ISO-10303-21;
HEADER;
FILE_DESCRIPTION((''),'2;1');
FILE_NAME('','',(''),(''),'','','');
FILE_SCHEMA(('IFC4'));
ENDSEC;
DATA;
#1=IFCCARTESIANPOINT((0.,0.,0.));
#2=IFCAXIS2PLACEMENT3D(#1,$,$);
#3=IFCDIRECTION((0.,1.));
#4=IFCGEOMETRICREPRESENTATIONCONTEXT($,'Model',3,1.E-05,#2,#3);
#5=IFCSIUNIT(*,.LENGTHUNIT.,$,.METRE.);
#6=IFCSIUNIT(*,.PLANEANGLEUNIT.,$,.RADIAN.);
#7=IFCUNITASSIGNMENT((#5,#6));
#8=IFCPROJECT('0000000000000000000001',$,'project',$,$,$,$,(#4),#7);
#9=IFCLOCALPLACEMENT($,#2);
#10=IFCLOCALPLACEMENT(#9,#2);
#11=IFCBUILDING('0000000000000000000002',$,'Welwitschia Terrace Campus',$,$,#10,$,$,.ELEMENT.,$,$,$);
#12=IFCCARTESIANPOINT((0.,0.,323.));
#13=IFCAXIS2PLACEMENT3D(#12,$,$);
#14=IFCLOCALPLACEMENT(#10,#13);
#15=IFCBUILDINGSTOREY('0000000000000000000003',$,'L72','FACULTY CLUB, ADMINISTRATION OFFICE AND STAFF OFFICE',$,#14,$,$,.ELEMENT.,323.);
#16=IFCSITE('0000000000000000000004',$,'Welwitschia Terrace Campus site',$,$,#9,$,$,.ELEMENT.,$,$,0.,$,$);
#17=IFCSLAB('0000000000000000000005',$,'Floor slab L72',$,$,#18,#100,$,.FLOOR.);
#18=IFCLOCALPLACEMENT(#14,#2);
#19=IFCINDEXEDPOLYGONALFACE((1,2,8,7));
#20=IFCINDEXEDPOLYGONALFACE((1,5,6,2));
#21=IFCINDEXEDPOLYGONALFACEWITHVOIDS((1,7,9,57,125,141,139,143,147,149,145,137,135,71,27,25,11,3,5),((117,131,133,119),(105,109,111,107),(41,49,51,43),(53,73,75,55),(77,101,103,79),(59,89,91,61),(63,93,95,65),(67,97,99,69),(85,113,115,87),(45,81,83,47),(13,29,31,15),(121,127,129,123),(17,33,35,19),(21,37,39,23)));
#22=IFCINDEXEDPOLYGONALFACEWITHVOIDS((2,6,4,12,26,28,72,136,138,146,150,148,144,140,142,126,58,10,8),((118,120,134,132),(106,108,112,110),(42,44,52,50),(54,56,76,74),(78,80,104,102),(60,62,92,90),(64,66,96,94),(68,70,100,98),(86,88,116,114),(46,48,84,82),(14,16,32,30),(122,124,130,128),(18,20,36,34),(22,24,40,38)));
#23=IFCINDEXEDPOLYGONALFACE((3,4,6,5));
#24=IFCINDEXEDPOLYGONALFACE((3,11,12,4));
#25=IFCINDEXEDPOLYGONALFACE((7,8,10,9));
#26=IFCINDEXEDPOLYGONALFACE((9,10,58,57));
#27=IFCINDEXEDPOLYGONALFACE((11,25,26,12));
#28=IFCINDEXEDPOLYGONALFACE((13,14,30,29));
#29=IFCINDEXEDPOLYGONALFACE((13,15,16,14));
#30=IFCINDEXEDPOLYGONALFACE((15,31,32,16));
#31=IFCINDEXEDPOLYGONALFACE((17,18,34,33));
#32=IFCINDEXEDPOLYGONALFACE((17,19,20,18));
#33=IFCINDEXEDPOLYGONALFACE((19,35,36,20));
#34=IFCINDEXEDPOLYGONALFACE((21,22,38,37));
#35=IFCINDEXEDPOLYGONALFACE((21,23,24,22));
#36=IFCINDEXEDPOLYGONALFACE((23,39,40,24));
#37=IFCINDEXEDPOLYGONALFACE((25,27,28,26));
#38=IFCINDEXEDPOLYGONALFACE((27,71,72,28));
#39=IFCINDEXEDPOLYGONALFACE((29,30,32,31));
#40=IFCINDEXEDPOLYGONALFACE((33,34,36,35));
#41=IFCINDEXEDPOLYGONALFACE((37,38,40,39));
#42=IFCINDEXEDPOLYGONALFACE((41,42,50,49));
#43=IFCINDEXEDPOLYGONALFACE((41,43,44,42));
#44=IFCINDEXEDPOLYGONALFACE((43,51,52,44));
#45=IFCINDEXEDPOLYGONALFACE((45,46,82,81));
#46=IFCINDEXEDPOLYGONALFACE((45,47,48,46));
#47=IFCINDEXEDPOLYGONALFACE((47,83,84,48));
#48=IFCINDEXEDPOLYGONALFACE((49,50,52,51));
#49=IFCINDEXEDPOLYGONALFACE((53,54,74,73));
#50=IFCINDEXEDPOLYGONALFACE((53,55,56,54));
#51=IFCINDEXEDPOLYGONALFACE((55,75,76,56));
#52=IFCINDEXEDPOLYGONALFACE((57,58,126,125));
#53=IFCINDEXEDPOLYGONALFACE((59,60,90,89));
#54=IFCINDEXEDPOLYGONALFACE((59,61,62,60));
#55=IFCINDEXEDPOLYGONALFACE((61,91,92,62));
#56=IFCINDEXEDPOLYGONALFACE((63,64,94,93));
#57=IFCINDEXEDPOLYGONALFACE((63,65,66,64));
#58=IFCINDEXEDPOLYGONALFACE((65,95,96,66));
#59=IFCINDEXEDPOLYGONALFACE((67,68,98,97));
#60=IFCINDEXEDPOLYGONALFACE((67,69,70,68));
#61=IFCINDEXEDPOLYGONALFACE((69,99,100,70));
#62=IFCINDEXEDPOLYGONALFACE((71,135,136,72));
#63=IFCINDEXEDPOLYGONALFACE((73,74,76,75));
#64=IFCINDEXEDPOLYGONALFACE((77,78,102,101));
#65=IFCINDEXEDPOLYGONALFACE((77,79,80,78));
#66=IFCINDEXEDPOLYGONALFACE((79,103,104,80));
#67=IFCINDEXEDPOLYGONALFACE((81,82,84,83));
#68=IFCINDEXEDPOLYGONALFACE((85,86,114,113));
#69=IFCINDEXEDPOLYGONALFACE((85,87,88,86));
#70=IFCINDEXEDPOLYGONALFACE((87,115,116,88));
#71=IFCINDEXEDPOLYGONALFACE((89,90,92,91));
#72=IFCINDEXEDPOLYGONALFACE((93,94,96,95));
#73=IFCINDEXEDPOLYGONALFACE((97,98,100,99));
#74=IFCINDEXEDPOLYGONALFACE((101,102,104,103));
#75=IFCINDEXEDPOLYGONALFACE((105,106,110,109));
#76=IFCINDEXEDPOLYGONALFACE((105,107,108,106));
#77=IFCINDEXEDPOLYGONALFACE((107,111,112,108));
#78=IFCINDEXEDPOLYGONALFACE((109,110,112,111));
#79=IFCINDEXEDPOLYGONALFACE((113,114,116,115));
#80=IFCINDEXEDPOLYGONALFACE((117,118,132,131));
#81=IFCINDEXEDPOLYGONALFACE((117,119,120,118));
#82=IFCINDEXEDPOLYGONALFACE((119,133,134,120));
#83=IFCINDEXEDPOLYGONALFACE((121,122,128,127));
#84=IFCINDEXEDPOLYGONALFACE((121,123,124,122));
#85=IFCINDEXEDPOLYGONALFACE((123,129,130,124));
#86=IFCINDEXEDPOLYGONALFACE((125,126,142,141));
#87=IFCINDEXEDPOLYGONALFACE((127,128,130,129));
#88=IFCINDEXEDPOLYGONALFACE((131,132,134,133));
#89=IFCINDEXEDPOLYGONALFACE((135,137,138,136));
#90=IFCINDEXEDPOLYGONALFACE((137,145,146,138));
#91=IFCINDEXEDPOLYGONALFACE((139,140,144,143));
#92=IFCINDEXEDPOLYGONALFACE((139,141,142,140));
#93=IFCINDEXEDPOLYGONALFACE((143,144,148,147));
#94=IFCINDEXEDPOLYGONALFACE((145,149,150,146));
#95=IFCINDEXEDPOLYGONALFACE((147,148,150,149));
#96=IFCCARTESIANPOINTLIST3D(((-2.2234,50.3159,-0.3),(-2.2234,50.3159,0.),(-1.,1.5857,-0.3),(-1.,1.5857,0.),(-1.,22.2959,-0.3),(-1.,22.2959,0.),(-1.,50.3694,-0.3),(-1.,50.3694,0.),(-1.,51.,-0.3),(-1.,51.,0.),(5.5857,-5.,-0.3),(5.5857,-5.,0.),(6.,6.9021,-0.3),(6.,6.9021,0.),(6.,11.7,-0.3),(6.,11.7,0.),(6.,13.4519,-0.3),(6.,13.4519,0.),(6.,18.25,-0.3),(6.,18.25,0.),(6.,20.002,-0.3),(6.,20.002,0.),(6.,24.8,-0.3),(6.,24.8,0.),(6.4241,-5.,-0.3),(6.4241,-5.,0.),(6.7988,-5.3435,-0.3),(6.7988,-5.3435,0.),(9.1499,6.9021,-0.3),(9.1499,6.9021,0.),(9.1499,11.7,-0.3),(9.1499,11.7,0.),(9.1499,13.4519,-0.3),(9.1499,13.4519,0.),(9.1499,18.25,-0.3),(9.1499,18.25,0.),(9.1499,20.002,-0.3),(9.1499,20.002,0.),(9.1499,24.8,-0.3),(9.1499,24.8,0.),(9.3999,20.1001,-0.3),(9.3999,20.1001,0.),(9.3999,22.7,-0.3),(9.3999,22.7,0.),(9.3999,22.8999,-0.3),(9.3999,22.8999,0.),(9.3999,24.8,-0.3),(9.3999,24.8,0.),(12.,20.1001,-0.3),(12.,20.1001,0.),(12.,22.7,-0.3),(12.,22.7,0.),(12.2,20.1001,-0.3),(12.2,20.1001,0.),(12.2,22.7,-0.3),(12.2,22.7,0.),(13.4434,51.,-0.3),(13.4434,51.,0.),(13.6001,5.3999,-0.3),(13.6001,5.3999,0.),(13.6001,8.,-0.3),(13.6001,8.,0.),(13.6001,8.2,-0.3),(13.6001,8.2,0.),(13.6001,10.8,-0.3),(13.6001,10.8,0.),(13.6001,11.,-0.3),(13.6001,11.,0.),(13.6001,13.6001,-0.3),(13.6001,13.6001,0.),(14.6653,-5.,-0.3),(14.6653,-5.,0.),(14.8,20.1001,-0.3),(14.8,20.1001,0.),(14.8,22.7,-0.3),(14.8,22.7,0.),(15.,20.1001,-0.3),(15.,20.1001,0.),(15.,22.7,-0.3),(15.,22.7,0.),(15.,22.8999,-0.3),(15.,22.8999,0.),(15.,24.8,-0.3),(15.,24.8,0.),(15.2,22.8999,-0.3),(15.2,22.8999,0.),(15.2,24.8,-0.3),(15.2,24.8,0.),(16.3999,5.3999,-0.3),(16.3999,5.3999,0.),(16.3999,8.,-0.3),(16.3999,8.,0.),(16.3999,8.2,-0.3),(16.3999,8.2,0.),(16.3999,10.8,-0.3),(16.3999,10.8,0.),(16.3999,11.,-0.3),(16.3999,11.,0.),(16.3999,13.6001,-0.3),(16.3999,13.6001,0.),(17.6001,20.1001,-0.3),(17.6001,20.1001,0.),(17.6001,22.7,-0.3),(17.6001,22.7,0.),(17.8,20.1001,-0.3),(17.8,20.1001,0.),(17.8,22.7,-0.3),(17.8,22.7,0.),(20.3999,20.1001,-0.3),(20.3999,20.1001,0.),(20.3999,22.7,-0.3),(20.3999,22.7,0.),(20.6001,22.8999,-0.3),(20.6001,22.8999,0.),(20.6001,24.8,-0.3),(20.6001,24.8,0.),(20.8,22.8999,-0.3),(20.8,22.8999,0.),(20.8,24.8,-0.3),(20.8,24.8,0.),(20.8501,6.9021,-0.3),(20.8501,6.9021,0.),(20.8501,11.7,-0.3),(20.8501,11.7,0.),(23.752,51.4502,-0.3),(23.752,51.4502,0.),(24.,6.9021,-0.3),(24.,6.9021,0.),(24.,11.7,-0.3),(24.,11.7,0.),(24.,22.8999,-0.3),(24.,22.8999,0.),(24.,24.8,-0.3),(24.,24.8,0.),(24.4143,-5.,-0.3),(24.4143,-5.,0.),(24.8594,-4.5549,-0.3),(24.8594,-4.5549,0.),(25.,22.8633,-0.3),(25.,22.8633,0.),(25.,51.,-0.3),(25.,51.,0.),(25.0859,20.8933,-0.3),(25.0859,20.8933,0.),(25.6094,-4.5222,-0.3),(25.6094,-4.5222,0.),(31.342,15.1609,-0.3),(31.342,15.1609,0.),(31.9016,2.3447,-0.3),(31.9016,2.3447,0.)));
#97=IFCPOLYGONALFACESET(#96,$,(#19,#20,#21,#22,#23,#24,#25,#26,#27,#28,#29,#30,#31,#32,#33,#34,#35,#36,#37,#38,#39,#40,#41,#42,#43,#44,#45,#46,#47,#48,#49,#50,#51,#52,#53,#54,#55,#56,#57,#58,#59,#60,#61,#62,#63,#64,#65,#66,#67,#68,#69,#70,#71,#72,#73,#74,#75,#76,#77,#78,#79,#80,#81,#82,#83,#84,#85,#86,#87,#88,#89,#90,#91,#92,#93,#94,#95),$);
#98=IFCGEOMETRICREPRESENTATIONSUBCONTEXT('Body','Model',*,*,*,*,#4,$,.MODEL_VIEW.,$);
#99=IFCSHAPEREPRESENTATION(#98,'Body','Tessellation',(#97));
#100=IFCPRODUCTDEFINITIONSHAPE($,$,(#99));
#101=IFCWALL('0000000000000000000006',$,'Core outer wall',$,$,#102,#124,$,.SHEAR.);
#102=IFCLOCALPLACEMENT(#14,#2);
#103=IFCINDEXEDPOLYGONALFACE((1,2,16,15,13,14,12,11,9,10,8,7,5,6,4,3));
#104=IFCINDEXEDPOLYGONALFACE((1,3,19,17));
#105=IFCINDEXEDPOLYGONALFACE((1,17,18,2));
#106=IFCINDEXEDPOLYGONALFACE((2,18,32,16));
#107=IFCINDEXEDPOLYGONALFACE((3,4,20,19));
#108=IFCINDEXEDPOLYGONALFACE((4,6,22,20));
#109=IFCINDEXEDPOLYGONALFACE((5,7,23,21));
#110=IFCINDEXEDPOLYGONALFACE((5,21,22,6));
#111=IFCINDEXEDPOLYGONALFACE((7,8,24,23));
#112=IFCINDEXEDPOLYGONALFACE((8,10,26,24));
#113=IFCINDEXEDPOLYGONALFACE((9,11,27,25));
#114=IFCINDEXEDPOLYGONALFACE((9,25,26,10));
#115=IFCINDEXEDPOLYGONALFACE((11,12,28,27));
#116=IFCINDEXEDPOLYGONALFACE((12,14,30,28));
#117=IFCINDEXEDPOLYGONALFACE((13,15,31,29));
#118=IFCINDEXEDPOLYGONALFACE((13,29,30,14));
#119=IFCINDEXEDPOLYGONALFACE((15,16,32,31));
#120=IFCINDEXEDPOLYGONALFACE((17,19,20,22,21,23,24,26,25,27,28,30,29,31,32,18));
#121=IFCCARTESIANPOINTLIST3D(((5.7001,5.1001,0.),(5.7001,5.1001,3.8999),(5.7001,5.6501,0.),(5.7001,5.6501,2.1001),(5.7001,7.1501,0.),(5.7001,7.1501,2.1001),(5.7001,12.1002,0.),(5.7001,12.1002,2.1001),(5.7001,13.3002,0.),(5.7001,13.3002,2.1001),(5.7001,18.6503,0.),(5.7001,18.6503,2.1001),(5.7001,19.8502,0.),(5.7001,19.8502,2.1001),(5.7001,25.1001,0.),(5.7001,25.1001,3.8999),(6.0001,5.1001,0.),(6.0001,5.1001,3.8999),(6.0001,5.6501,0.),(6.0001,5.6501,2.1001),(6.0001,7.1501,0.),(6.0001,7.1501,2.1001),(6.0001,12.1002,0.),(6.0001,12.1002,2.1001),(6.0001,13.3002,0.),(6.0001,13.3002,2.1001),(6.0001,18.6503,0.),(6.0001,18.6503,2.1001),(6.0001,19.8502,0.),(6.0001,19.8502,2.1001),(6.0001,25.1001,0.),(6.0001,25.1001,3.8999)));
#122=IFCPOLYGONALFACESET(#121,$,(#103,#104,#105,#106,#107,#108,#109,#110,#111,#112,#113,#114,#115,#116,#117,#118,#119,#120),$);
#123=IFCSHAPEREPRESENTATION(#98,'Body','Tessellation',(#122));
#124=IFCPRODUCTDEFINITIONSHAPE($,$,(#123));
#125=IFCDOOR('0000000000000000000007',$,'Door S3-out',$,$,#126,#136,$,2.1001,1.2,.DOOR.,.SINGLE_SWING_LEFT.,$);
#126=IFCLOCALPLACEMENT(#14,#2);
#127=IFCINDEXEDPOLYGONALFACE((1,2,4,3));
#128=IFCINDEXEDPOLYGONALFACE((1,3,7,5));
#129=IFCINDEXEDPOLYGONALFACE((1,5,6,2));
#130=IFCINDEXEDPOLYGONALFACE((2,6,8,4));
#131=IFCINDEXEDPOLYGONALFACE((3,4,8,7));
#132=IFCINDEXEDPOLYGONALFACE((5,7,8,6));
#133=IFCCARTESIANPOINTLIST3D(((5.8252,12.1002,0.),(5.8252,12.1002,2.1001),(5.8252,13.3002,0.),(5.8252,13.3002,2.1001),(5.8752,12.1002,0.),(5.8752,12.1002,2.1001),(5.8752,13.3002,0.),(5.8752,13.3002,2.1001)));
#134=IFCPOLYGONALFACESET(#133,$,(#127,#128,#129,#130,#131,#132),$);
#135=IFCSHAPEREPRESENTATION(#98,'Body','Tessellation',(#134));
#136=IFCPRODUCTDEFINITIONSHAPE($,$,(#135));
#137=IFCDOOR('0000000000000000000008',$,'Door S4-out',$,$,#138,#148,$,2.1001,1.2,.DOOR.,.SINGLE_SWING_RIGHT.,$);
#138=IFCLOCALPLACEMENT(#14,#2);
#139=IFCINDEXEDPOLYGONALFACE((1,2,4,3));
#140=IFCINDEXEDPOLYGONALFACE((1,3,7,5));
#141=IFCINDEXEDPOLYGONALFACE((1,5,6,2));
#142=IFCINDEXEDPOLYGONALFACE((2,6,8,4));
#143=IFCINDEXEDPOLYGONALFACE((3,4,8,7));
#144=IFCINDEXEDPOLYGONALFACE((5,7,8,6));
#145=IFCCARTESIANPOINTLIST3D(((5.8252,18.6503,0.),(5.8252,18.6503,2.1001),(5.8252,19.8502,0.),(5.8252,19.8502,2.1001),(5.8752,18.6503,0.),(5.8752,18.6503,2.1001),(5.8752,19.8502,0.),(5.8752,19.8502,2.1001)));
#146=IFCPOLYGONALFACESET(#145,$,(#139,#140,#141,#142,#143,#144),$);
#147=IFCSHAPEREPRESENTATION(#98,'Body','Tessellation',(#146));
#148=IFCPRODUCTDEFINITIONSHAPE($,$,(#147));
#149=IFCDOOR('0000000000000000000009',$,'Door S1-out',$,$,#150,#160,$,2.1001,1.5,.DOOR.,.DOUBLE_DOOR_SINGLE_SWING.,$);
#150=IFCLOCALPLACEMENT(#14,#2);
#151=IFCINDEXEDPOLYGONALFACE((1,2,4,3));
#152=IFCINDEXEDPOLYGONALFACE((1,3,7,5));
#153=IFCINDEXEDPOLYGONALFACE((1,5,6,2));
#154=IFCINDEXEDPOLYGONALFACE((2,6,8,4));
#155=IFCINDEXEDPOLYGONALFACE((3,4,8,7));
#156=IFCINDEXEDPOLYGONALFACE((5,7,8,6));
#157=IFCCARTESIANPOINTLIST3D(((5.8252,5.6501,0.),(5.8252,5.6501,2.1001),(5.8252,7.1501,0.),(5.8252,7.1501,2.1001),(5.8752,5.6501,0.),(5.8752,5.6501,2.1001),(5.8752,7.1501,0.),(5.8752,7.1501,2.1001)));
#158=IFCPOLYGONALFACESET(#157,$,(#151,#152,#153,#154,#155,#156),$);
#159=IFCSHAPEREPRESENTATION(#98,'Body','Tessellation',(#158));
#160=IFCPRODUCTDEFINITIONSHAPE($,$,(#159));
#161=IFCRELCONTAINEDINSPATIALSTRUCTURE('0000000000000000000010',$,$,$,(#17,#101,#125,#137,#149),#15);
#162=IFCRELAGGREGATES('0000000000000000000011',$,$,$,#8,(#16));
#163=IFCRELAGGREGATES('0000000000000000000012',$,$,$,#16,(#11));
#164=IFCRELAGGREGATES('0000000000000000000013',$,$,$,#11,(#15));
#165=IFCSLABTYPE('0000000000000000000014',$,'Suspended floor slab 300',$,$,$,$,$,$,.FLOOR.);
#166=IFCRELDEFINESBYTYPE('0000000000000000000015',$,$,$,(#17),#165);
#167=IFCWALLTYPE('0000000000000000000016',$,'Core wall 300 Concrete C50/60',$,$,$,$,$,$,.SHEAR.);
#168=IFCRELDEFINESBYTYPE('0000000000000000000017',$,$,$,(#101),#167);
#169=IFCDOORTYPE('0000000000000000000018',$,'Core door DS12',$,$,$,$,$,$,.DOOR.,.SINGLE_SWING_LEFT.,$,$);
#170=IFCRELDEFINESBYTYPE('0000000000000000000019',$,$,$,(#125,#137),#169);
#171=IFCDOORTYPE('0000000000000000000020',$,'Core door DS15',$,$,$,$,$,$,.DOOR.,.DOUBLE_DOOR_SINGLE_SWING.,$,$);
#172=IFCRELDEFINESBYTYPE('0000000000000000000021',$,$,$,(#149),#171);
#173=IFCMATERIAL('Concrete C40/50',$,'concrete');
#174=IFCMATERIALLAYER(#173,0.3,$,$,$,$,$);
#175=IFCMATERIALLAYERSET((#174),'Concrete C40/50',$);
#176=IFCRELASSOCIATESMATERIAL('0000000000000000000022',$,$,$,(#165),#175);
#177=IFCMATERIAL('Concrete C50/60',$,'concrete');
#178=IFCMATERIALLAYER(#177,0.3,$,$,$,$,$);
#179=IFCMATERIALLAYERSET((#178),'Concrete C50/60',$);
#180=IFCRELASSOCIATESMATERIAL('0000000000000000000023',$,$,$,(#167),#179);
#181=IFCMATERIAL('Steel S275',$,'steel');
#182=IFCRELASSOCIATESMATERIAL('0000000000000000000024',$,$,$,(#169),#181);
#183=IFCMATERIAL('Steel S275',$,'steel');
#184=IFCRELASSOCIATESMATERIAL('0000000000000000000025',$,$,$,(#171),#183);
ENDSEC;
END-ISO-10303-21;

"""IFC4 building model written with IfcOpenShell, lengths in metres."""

from ifc_helpers import new_model, si_unit, direction, frame, frame_2d, origin, place, context, subcontext, project, spatial, polyline, rectangle, outline, extrude, material, layer, layer_set, type_object, element, fill, save


model = new_model("IFC4")

# Units and contexts
model_context = context("Model", 3, precision=1e-05, world=origin(), true_north=direction((0.0, 1.0)))
body_context = subcontext(model_context, "Body", "Model", "MODEL_VIEW")
ifc_project = project(units=[si_unit("LENGTHUNIT", "METRE"), si_unit("PLANEANGLEUNIT", "RADIAN")], contexts=[model_context])

# Site, building, storey
site_placement = place(None, origin())
site = spatial("IfcSite", under=ifc_project, at=site_placement, Name="Welwitschia Terrace Campus site", CompositionType="ELEMENT", RefElevation=0.0)
building_placement = place(site_placement, origin())
building = spatial("IfcBuilding", under=site, at=building_placement, Name="Welwitschia Terrace Campus", CompositionType="ELEMENT")
storey_placement = place(building_placement, frame((0.0, 0.0, 323.0)))
storey = spatial("IfcBuildingStorey", under=building, at=storey_placement, Name="L72", Description="FACULTY CLUB, ADMINISTRATION OFFICE AND STAFF OFFICE", CompositionType="ELEMENT", Elevation=323.0)

# Slab
ifc_material_1 = material(Name="Concrete C40/50", Category="concrete")
ifc_layer_1 = layer(ifc_material_1, 0.3)
ifc_layer_set_1 = layer_set([ifc_layer_1], Name="Concrete C40/50")
slab_type_1 = type_object("IfcSlabType", Name="Suspended floor slab 300", PredefinedType="FLOOR", material=ifc_layer_set_1)
slab_1_placement = place(storey_placement, frame((0.0, 0.0, -0.3)))
element("IfcSlab", 1, at=slab_1_placement, inside=storey, type_object=slab_type_1, Name="Floor slab L72", PredefinedType="FLOOR", context=body_context, shape_type="SweptSolid", body=[
    extrude(outline(polyline([(-2.2234, 50.3159), (-1.0, 50.3694), (-1.0, 51.0), (13.4434, 51.0), (23.752, 51.4502), (25.0, 51.0), (25.0, 22.8633), (25.0859, 20.8933), (31.342, 15.1609), (31.9016, 2.3447), (25.6094, -4.5222), (24.8594, -4.5549), (24.4143, -5.0), (14.6653, -5.0), (6.7988, -5.3435), (6.4241, -5.0), (5.5857, -5.0), (-1.0, 1.5857), (-1.0, 22.2959), (-2.2234, 50.3159)]), holes=[polyline([(13.6001, 8.0), (13.6001, 5.3999), (16.3999, 5.3999), (16.3999, 8.0), (13.6001, 8.0)]), polyline([(9.1499, 11.7), (6.0, 11.7), (6.0, 6.9021), (9.1499, 6.9021), (9.1499, 11.7)]), polyline([(9.1499, 18.25), (6.0, 18.25), (6.0, 13.4519), (9.1499, 13.4519), (9.1499, 18.25)]), polyline([(12.0, 22.7), (9.3999, 22.7), (9.3999, 20.1001), (12.0, 20.1001), (12.0, 22.7)]), polyline([(14.8, 22.7), (12.2, 22.7), (12.2, 20.1001), (14.8, 20.1001), (14.8, 22.7)]), polyline([(9.1499, 24.8), (6.0, 24.8), (6.0, 20.002), (9.1499, 20.002), (9.1499, 24.8)]), polyline([(15.0, 24.8), (9.3999, 24.8), (9.3999, 22.8999), (15.0, 22.8999), (15.0, 24.8)]), polyline([(20.8501, 11.7), (20.8501, 6.9021), (24.0, 6.9021), (24.0, 11.7), (20.8501, 11.7)]), polyline([(16.3999, 10.8), (13.6001, 10.8), (13.6001, 8.2), (16.3999, 8.2), (16.3999, 10.8)]), polyline([(16.3999, 13.6001), (13.6001, 13.6001), (13.6001, 11.0), (16.3999, 11.0), (16.3999, 13.6001)]), polyline([(17.6001, 22.7), (15.0, 22.7), (15.0, 20.1001), (17.6001, 20.1001), (17.6001, 22.7)]), polyline([(20.3999, 22.7), (17.8, 22.7), (17.8, 20.1001), (20.3999, 20.1001), (20.3999, 22.7)]), polyline([(20.6001, 24.8), (15.2, 24.8), (15.2, 22.8999), (20.6001, 22.8999), (20.6001, 24.8)]), polyline([(24.0, 24.8), (20.8, 24.8), (20.8, 22.8999), (24.0, 22.8999), (24.0, 24.8)])]), origin(), (0.0, 0.0, 1.0), 0.3),
])

# Wall, openings, doors
ifc_material_2 = material(Name="Concrete C50/60", Category="concrete")
ifc_layer_2 = layer(ifc_material_2, 0.3)
ifc_layer_set_2 = layer_set([ifc_layer_2], Name="Concrete C50/60")
wall_type_1 = type_object("IfcWallType", Name="Core wall 300 Concrete C50/60", PredefinedType="SHEAR", material=ifc_layer_set_2)
wall_1_placement = place(storey_placement, frame((5.8501, 5.1001, 0.0), z_axis=(0.0, 0.0, 1.0), x_axis=(0.0, 1.0, 0.0)))
wall_1 = element("IfcWall", 2, at=wall_1_placement, inside=storey, type_object=wall_type_1, Name="Core outer wall", PredefinedType="SHEAR", context=body_context, shape_type="SweptSolid", body=[
    extrude(rectangle(XDim=20.0, YDim=0.3, at=frame_2d((10.0, 0.0))), origin(), (0.0, 0.0, 1.0), 3.8999),
])
opening_1_placement = place(wall_1_placement, frame((0.55, 0.0, 0.0)))
opening_1 = element("IfcOpeningElement", 3, at=opening_1_placement, cuts=wall_1, PredefinedType="OPENING", context=body_context, shape_type="SweptSolid", body=[
    extrude(rectangle(XDim=1.5, YDim=2.1001, at=frame_2d((0.75, 1.05))), frame((0.0, 0.1599, 0.0), z_axis=(0.0, -1.0, 0.0), x_axis=(1.0, 0.0, 0.0)), (0.0, 0.0, 1.0), 0.3201),
])
opening_2_placement = place(wall_1_placement, frame((7.0, 0.0, 0.0)))
opening_2 = element("IfcOpeningElement", 4, at=opening_2_placement, cuts=wall_1, PredefinedType="OPENING", context=body_context, shape_type="SweptSolid", body=[
    extrude(rectangle(XDim=1.2, YDim=2.1001, at=frame_2d((0.6001, 1.05))), frame((0.0, 0.1599, 0.0), z_axis=(0.0, -1.0, 0.0), x_axis=(1.0, 0.0, 0.0)), (0.0, 0.0, 1.0), 0.3201),
])
opening_3_placement = place(wall_1_placement, frame((13.55, 0.0, 0.0)))
opening_3 = element("IfcOpeningElement", 5, at=opening_3_placement, cuts=wall_1, PredefinedType="OPENING", context=body_context, shape_type="SweptSolid", body=[
    extrude(rectangle(XDim=1.2, YDim=2.1001, at=frame_2d((0.6001, 1.05))), frame((0.0, 0.1599, 0.0), z_axis=(0.0, -1.0, 0.0), x_axis=(1.0, 0.0, 0.0)), (0.0, 0.0, 1.0), 0.3201),
])
ifc_material_3 = material(Name="Steel S275", Category="steel")
door_type_1 = type_object("IfcDoorType", Name="Core door DS12", OperationType="SINGLE_SWING_LEFT", PredefinedType="DOOR", material=ifc_material_3)
door_1_placement = place(opening_2_placement, origin())
door_1 = element("IfcDoor", 6, at=door_1_placement, inside=storey, type_object=door_type_1, Name="Door S3-out", OperationType="SINGLE_SWING_LEFT", OverallHeight=2.1001, OverallWidth=1.2, PredefinedType="DOOR", context=body_context, shape_type="SweptSolid", body=[
    extrude(rectangle(XDim=1.2, YDim=2.1001, at=frame_2d((0.6001, 1.05))), frame((0.0, 0.0249, 0.0), z_axis=(0.0, -1.0, 0.0), x_axis=(1.0, 0.0, 0.0)), (0.0, 0.0, 1.0), 0.05),
])
fill(opening_2, door_1)
door_2_placement = place(opening_3_placement, origin())
door_2 = element("IfcDoor", 7, at=door_2_placement, inside=storey, type_object=door_type_1, Name="Door S4-out", OperationType="SINGLE_SWING_RIGHT", OverallHeight=2.1001, OverallWidth=1.2, PredefinedType="DOOR", context=body_context, shape_type="SweptSolid", body=[
    extrude(rectangle(XDim=1.2, YDim=2.1001, at=frame_2d((0.6001, 1.05))), frame((0.0, 0.0249, 0.0), z_axis=(0.0, -1.0, 0.0), x_axis=(1.0, 0.0, 0.0)), (0.0, 0.0, 1.0), 0.05),
])
fill(opening_3, door_2)
ifc_material_4 = material(Name="Steel S275", Category="steel")
door_type_2 = type_object("IfcDoorType", Name="Core door DS15", OperationType="DOUBLE_DOOR_SINGLE_SWING", PredefinedType="DOOR", material=ifc_material_4)
door_3_placement = place(opening_1_placement, origin())
door_3 = element("IfcDoor", 8, at=door_3_placement, inside=storey, type_object=door_type_2, Name="Door S1-out", OperationType="DOUBLE_DOOR_SINGLE_SWING", OverallHeight=2.1001, OverallWidth=1.5, PredefinedType="DOOR", context=body_context, shape_type="SweptSolid", body=[
    extrude(rectangle(XDim=1.5, YDim=2.1001, at=frame_2d((0.75, 1.05))), frame((0.0, 0.0249, 0.0), z_axis=(0.0, -1.0, 0.0), x_axis=(1.0, 0.0, 0.0)), (0.0, 0.0, 1.0), 0.05),
])
fill(opening_1, door_3)

save(model, "model.ifc")
